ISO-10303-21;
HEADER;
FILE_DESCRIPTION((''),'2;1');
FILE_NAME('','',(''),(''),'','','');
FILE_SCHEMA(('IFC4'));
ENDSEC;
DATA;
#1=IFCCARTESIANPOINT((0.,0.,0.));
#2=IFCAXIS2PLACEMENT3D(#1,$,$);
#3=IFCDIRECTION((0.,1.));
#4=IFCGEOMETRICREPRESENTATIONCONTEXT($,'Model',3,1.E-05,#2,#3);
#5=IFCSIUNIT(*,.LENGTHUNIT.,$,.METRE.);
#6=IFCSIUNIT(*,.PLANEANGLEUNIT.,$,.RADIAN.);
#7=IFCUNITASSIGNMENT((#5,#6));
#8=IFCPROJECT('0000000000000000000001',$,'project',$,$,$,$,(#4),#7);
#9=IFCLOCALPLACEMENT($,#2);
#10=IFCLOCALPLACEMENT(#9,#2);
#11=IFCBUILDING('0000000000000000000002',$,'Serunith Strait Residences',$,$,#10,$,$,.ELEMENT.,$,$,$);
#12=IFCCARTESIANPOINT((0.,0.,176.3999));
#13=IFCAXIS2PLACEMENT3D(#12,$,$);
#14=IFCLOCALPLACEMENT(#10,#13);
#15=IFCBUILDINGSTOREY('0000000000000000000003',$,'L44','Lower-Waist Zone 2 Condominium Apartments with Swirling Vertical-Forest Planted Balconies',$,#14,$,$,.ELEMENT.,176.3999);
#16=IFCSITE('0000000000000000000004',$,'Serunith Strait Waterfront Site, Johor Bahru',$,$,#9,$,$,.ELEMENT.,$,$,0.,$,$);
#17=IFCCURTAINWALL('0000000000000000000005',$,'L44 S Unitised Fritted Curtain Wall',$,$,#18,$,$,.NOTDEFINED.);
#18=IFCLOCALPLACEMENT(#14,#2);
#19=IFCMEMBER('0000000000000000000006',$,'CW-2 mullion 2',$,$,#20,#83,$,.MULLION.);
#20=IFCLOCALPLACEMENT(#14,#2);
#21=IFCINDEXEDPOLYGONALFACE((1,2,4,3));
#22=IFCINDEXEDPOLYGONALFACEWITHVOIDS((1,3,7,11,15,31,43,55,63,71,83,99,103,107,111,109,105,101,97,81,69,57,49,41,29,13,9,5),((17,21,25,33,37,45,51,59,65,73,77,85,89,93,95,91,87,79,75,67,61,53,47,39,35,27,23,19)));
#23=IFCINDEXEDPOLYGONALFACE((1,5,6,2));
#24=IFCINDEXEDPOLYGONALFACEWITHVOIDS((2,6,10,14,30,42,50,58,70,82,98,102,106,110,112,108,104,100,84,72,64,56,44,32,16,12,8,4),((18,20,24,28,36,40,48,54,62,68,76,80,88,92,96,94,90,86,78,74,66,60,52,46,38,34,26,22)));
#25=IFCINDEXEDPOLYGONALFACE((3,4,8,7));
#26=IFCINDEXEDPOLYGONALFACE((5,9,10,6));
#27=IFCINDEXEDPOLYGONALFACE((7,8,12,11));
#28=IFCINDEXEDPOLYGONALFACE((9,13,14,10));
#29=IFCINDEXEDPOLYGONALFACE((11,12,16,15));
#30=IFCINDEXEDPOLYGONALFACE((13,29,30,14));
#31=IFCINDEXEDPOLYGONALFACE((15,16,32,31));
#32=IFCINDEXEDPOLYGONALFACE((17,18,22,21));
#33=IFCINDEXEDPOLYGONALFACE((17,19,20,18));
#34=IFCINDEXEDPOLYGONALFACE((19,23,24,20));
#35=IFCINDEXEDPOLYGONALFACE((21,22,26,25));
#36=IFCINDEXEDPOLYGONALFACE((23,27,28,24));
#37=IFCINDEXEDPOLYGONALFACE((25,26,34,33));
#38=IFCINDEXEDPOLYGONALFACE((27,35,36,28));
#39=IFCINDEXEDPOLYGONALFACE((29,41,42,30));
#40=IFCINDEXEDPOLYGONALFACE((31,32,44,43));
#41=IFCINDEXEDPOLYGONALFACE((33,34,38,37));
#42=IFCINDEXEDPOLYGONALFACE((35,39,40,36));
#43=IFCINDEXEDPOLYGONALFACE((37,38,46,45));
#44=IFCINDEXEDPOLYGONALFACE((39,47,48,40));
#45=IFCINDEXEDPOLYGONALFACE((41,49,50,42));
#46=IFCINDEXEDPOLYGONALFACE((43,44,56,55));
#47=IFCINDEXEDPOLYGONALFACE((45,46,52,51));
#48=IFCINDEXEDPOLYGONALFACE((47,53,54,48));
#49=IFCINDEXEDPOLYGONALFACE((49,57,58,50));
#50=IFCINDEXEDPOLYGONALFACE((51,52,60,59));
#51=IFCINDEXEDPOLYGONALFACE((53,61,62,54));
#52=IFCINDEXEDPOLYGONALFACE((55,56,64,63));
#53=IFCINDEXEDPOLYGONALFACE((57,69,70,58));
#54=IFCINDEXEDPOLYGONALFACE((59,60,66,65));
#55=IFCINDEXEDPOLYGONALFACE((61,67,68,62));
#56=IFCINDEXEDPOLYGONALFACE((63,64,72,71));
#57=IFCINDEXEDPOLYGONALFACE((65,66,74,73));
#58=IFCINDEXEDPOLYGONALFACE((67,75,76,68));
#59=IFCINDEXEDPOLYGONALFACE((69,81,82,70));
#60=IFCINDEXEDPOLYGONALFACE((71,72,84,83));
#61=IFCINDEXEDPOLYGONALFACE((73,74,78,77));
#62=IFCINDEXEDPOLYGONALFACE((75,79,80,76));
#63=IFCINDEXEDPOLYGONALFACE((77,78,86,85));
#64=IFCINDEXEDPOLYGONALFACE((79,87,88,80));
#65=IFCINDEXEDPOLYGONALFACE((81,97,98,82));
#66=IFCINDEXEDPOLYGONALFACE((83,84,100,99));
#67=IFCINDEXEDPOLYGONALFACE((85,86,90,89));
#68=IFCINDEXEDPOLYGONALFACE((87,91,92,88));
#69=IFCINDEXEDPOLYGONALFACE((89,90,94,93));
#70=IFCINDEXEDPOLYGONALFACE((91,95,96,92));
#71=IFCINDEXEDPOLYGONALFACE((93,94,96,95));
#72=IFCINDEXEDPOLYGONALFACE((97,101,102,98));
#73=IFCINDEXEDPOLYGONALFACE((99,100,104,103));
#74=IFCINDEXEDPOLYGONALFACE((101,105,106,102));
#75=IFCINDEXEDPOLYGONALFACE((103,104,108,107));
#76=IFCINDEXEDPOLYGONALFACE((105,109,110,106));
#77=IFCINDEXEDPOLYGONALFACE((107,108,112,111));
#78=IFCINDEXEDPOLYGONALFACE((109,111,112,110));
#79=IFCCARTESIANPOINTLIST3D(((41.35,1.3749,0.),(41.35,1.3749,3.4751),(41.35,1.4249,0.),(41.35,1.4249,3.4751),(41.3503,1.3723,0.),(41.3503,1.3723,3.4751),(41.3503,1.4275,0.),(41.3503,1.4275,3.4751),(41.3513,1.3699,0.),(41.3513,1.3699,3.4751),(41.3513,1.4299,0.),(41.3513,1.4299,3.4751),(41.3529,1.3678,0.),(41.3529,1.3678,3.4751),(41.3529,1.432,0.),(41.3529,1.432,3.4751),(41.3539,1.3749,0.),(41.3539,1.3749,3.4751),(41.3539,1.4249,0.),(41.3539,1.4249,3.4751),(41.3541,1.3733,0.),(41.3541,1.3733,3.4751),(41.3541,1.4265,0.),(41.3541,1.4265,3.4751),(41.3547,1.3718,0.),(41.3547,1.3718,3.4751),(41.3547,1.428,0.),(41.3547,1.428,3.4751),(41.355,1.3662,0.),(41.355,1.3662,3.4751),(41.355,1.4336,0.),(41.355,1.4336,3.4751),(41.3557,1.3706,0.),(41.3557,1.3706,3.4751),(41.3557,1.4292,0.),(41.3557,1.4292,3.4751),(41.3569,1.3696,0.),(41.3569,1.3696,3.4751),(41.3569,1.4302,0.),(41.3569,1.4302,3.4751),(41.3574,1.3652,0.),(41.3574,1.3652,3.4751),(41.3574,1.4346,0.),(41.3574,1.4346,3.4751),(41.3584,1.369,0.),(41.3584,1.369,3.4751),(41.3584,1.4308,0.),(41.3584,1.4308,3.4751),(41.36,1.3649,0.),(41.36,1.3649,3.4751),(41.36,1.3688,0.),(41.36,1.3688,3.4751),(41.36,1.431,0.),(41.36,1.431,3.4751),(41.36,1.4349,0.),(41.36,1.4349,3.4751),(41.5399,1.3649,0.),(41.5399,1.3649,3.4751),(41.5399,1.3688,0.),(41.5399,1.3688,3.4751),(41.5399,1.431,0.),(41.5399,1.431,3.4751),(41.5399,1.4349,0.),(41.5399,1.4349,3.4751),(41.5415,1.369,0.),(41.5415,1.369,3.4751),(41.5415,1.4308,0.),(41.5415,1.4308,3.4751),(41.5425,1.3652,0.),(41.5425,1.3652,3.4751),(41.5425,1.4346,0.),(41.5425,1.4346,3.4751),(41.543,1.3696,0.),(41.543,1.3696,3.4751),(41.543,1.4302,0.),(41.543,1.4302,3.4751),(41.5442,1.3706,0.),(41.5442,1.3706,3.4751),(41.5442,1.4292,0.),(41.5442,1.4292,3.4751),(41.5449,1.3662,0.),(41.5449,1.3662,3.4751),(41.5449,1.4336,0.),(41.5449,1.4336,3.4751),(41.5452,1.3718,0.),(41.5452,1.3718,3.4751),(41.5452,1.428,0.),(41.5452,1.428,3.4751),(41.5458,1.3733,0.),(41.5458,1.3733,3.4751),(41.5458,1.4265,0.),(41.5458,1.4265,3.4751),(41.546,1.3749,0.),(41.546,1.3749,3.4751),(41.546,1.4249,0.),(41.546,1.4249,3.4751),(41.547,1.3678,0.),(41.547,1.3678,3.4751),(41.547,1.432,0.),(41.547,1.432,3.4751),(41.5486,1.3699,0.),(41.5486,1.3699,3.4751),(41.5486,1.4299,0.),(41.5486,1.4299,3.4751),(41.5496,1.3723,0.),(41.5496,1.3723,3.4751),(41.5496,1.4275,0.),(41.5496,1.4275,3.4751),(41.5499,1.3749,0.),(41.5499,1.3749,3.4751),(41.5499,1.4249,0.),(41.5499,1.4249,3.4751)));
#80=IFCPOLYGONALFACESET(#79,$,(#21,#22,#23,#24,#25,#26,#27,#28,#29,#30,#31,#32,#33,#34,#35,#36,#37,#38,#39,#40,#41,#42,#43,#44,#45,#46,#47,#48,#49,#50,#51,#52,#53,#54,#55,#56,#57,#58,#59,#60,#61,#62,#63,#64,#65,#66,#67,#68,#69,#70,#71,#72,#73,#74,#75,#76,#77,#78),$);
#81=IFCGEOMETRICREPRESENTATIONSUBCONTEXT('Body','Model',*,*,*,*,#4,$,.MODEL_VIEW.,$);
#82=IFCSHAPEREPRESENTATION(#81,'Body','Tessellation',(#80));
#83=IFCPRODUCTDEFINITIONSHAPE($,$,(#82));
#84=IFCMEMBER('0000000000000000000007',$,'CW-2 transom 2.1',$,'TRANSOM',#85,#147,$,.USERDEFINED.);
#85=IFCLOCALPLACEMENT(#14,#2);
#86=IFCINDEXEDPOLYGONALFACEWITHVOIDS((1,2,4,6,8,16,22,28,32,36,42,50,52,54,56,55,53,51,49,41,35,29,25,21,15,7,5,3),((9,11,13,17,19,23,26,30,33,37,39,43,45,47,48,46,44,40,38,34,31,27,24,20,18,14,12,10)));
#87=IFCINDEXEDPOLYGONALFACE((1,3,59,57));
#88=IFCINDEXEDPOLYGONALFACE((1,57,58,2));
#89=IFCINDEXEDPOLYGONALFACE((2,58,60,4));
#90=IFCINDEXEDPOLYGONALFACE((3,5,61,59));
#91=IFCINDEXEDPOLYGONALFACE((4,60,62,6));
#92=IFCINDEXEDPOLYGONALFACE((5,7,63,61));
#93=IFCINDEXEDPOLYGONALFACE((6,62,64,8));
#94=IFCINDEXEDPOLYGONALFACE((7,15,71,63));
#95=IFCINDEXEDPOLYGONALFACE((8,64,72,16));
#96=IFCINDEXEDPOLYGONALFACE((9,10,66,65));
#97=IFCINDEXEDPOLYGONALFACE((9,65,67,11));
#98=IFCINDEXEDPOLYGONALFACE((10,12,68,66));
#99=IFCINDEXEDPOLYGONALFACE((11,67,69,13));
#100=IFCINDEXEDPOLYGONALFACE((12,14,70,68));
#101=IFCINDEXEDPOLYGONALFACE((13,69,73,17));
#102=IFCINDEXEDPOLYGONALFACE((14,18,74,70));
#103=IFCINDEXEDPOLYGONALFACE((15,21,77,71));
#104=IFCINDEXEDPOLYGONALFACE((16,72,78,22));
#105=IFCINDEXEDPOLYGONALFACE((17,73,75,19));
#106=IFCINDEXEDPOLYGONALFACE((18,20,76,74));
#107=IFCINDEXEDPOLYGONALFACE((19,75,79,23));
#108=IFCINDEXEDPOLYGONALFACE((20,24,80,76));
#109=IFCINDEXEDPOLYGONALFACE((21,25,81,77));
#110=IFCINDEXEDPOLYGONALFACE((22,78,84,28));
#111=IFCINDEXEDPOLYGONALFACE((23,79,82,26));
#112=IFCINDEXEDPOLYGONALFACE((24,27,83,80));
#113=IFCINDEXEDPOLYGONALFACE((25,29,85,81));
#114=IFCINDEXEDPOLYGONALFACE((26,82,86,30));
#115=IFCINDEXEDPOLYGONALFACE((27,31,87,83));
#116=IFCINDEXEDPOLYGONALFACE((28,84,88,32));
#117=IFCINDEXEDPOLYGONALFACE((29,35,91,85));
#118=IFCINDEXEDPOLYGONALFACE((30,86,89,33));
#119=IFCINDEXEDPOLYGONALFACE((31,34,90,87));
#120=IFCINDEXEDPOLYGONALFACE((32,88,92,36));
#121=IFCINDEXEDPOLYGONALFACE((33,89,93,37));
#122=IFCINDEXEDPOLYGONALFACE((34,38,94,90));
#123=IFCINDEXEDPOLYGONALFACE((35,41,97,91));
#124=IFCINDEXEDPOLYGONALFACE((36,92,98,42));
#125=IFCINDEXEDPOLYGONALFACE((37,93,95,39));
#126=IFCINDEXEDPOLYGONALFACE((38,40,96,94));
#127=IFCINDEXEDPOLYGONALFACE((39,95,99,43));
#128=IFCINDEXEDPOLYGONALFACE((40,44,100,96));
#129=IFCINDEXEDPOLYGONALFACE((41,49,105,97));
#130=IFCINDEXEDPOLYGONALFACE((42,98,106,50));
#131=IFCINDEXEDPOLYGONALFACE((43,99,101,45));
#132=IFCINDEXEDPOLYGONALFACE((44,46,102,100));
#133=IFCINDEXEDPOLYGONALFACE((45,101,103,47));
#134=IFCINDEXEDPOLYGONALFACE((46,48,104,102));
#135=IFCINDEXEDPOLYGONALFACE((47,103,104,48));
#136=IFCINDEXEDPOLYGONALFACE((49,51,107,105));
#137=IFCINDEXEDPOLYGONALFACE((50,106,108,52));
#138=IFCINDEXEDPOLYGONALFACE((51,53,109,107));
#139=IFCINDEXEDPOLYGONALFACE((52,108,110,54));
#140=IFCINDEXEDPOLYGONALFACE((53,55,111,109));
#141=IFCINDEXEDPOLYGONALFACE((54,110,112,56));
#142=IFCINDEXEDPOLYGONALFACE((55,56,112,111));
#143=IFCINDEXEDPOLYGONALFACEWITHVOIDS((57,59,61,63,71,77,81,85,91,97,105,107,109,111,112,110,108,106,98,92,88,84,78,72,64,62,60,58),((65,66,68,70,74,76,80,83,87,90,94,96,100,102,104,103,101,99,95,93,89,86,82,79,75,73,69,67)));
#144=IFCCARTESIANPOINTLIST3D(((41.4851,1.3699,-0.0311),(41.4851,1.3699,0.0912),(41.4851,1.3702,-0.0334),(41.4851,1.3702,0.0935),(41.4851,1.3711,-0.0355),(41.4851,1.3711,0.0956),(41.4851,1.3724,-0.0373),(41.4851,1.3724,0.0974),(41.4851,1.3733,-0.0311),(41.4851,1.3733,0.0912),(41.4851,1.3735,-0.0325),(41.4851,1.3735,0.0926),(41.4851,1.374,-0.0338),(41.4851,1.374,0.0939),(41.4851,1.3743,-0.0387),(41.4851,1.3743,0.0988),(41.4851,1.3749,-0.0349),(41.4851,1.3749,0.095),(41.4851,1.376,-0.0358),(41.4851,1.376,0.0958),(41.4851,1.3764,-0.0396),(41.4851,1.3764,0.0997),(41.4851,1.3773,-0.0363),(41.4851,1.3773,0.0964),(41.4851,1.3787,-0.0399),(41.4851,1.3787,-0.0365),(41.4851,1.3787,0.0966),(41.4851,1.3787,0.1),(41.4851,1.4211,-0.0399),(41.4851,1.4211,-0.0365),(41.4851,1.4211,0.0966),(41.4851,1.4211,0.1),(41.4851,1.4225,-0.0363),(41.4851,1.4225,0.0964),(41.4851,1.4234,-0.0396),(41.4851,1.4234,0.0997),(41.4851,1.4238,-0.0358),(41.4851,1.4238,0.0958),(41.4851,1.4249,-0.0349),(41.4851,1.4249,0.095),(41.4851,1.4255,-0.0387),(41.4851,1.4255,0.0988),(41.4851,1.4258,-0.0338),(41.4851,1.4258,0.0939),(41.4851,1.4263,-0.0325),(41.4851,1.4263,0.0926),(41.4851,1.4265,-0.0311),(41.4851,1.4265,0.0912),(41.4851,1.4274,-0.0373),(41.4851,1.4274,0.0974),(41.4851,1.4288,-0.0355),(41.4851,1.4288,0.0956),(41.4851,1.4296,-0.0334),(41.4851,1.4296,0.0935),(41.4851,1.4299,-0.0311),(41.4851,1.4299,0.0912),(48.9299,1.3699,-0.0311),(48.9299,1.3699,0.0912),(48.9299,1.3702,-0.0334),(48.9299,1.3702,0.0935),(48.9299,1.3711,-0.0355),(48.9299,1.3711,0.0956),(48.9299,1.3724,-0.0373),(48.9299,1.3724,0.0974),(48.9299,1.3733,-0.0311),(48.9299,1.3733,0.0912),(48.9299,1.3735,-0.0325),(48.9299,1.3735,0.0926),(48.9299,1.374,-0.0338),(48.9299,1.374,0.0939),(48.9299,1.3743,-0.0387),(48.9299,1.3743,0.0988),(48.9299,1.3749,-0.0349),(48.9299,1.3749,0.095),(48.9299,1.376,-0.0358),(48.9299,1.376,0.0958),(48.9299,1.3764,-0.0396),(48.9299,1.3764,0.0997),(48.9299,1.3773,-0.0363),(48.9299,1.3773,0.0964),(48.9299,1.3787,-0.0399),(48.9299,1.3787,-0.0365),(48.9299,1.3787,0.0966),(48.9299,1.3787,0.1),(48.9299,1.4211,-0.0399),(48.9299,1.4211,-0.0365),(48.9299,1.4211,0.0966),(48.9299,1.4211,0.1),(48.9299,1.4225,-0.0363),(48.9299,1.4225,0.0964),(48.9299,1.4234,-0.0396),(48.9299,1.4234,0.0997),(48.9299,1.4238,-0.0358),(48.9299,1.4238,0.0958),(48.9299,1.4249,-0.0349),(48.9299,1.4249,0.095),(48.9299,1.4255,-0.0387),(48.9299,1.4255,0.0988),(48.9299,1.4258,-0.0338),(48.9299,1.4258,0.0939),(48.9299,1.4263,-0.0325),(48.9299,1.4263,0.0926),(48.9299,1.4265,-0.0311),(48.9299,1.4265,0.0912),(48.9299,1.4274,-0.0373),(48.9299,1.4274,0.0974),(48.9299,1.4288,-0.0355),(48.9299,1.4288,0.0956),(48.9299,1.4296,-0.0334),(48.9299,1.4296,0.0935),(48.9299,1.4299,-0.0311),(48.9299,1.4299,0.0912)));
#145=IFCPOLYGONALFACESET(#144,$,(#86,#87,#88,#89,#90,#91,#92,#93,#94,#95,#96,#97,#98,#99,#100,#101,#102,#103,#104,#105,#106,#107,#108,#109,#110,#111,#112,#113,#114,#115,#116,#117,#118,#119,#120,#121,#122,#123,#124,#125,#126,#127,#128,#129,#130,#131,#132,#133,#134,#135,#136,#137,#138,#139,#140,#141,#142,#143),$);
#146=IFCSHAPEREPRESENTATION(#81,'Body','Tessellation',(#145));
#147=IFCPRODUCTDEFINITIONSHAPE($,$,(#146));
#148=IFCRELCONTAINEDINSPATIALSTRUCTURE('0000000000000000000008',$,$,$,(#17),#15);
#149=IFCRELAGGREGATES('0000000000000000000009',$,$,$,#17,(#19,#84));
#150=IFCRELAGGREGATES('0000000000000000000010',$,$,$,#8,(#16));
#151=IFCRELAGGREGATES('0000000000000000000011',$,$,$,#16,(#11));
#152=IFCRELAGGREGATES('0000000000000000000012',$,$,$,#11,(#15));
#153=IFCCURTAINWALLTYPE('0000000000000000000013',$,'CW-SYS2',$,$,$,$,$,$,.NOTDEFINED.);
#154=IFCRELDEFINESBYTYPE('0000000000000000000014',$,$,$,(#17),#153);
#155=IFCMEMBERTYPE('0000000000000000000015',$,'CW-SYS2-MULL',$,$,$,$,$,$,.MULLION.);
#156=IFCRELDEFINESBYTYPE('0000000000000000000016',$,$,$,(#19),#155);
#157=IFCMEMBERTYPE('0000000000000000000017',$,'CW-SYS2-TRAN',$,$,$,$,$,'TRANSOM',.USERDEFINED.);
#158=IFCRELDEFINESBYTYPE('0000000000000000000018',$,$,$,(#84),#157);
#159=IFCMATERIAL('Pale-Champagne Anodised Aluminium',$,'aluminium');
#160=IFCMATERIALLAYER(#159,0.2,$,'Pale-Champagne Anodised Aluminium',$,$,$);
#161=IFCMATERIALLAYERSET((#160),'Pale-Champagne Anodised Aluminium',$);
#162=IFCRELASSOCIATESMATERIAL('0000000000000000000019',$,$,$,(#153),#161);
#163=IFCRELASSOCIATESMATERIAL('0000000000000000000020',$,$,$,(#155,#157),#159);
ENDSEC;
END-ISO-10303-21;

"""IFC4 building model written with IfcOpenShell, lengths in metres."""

from ifc_helpers import new_model, si_unit, direction, frame, origin, origin_2d, place, context, subcontext, project, spatial, hollow_rectangle, extrude, source, transform, mapped, material, layer, layer_set, material_profile, profile_set, type_object, element, aggregate, save


model = new_model("IFC4")

# Units and contexts
model_context = context("Model", 3, precision=1e-05, world=origin(), true_north=direction((0.0, 1.0)))
body_context = subcontext(model_context, "Body", "Model", "MODEL_VIEW")
ifc_project = project(units=[si_unit("LENGTHUNIT", "METRE"), si_unit("PLANEANGLEUNIT", "RADIAN")], contexts=[model_context])

# Site, building, storey
site_placement = place(None, origin())
site = spatial("IfcSite", under=ifc_project, at=site_placement, Name="Serunith Strait Waterfront Site, Johor Bahru", CompositionType="ELEMENT", RefElevation=0.0)
building_placement = place(site_placement, origin())
building = spatial("IfcBuilding", under=site, at=building_placement, Name="Serunith Strait Residences", CompositionType="ELEMENT")
storey_placement = place(building_placement, frame((0.0, 0.0, 176.3999)))
storey = spatial("IfcBuildingStorey", under=building, at=storey_placement, Name="L44", Description="Lower-Waist Zone 2 Condominium Apartments with Swirling Vertical-Forest Planted Balconies", CompositionType="ELEMENT", Elevation=176.3999)

# Shared definitions
ifc_material_1 = material(Name="Pale-Champagne Anodised Aluminium", Category="aluminium")
ifc_layer_1 = layer(ifc_material_1, 0.2, Name="Pale-Champagne Anodised Aluminium")
ifc_layer_set_1 = layer_set([ifc_layer_1], Name="Pale-Champagne Anodised Aluminium")
curtain_wall_type = type_object("IfcCurtainWallType", Name="CW-SYS2", PredefinedType="NOTDEFINED", material=ifc_layer_set_1)
ifc_material_profile_1 = material_profile(ifc_material_1, hollow_rectangle(XDim=0.0701, YDim=0.2, WallThickness=0.0039, InnerFilletRadius=0.0061, OuterFilletRadius=0.01, at=origin_2d()), Name="ALU 200x70x4")
ifc_profile_set_1 = profile_set([ifc_material_profile_1], Name="Pale-Champagne Anodised Aluminium")
member_type_1 = type_object("IfcMemberType", Name="CW-SYS2-MULL", PredefinedType="MULLION", material=ifc_profile_set_1)
shared_shape_1 = source(origin(), body_context, "Body", "SweptSolid", [
    extrude(hollow_rectangle(XDim=0.0701, YDim=0.2, WallThickness=0.0039, InnerFilletRadius=0.0061, OuterFilletRadius=0.01, at=origin_2d()), origin(), (0.0, 0.0, 1.0), 3.4751),
])

# Curtain wall, members
curtain_wall_1_placement = place(storey_placement, origin())
curtain_wall_1 = element("IfcCurtainWall", 1, at=curtain_wall_1_placement, inside=storey, type_object=curtain_wall_type, Name="L44 S Unitised Fritted Curtain Wall", PredefinedType="NOTDEFINED")
member_1_placement = place(storey_placement, frame((41.45, 1.3999, 0.0), z_axis=(0.0, 0.0, 1.0), x_axis=(0.0, 1.0, 0.0)))
member_1 = element("IfcMember", 2, at=member_1_placement, type_object=member_type_1, Name="CW-2 mullion 2", PredefinedType="MULLION", context=body_context, shape_type="MappedRepresentation", body=[
    mapped(shared_shape_1, transform((0.0, 0.0, 0.0), scale=1.0)),
])
ifc_material_profile_2 = material_profile(ifc_material_1, hollow_rectangle(XDim=0.0601, YDim=0.1399, WallThickness=0.0034, InnerFilletRadius=0.0054, OuterFilletRadius=0.0088, at=origin_2d()), Name="ALU 140x60x3.5")
ifc_profile_set_2 = profile_set([ifc_material_profile_2], Name="Pale-Champagne Anodised Aluminium")
member_type_2 = type_object("IfcMemberType", Name="CW-SYS2-TRAN", ElementType="TRANSOM", PredefinedType="USERDEFINED", material=ifc_profile_set_2)
shared_shape_2 = source(origin(), body_context, "Body", "SweptSolid", [
    extrude(hollow_rectangle(XDim=0.0601, YDim=0.1399, WallThickness=0.0034, InnerFilletRadius=0.0054, OuterFilletRadius=0.0088, at=origin_2d()), origin(), (0.0, 0.0, 1.0), 7.4448),
])
member_2_placement = place(storey_placement, frame((41.4851, 1.3999, 0.03), z_axis=(1.0, 0.0, 0.0), x_axis=(0.0, 1.0, 0.0)))
member_2 = element("IfcMember", 3, at=member_2_placement, type_object=member_type_2, Name="CW-2 transom 2.1", ObjectType="TRANSOM", PredefinedType="USERDEFINED", context=body_context, shape_type="MappedRepresentation", body=[
    mapped(shared_shape_2, transform((0.0, 0.0, 0.0), scale=1.0)),
])
aggregate(curtain_wall_1, [member_1, member_2])

save(model, "model.ifc")
